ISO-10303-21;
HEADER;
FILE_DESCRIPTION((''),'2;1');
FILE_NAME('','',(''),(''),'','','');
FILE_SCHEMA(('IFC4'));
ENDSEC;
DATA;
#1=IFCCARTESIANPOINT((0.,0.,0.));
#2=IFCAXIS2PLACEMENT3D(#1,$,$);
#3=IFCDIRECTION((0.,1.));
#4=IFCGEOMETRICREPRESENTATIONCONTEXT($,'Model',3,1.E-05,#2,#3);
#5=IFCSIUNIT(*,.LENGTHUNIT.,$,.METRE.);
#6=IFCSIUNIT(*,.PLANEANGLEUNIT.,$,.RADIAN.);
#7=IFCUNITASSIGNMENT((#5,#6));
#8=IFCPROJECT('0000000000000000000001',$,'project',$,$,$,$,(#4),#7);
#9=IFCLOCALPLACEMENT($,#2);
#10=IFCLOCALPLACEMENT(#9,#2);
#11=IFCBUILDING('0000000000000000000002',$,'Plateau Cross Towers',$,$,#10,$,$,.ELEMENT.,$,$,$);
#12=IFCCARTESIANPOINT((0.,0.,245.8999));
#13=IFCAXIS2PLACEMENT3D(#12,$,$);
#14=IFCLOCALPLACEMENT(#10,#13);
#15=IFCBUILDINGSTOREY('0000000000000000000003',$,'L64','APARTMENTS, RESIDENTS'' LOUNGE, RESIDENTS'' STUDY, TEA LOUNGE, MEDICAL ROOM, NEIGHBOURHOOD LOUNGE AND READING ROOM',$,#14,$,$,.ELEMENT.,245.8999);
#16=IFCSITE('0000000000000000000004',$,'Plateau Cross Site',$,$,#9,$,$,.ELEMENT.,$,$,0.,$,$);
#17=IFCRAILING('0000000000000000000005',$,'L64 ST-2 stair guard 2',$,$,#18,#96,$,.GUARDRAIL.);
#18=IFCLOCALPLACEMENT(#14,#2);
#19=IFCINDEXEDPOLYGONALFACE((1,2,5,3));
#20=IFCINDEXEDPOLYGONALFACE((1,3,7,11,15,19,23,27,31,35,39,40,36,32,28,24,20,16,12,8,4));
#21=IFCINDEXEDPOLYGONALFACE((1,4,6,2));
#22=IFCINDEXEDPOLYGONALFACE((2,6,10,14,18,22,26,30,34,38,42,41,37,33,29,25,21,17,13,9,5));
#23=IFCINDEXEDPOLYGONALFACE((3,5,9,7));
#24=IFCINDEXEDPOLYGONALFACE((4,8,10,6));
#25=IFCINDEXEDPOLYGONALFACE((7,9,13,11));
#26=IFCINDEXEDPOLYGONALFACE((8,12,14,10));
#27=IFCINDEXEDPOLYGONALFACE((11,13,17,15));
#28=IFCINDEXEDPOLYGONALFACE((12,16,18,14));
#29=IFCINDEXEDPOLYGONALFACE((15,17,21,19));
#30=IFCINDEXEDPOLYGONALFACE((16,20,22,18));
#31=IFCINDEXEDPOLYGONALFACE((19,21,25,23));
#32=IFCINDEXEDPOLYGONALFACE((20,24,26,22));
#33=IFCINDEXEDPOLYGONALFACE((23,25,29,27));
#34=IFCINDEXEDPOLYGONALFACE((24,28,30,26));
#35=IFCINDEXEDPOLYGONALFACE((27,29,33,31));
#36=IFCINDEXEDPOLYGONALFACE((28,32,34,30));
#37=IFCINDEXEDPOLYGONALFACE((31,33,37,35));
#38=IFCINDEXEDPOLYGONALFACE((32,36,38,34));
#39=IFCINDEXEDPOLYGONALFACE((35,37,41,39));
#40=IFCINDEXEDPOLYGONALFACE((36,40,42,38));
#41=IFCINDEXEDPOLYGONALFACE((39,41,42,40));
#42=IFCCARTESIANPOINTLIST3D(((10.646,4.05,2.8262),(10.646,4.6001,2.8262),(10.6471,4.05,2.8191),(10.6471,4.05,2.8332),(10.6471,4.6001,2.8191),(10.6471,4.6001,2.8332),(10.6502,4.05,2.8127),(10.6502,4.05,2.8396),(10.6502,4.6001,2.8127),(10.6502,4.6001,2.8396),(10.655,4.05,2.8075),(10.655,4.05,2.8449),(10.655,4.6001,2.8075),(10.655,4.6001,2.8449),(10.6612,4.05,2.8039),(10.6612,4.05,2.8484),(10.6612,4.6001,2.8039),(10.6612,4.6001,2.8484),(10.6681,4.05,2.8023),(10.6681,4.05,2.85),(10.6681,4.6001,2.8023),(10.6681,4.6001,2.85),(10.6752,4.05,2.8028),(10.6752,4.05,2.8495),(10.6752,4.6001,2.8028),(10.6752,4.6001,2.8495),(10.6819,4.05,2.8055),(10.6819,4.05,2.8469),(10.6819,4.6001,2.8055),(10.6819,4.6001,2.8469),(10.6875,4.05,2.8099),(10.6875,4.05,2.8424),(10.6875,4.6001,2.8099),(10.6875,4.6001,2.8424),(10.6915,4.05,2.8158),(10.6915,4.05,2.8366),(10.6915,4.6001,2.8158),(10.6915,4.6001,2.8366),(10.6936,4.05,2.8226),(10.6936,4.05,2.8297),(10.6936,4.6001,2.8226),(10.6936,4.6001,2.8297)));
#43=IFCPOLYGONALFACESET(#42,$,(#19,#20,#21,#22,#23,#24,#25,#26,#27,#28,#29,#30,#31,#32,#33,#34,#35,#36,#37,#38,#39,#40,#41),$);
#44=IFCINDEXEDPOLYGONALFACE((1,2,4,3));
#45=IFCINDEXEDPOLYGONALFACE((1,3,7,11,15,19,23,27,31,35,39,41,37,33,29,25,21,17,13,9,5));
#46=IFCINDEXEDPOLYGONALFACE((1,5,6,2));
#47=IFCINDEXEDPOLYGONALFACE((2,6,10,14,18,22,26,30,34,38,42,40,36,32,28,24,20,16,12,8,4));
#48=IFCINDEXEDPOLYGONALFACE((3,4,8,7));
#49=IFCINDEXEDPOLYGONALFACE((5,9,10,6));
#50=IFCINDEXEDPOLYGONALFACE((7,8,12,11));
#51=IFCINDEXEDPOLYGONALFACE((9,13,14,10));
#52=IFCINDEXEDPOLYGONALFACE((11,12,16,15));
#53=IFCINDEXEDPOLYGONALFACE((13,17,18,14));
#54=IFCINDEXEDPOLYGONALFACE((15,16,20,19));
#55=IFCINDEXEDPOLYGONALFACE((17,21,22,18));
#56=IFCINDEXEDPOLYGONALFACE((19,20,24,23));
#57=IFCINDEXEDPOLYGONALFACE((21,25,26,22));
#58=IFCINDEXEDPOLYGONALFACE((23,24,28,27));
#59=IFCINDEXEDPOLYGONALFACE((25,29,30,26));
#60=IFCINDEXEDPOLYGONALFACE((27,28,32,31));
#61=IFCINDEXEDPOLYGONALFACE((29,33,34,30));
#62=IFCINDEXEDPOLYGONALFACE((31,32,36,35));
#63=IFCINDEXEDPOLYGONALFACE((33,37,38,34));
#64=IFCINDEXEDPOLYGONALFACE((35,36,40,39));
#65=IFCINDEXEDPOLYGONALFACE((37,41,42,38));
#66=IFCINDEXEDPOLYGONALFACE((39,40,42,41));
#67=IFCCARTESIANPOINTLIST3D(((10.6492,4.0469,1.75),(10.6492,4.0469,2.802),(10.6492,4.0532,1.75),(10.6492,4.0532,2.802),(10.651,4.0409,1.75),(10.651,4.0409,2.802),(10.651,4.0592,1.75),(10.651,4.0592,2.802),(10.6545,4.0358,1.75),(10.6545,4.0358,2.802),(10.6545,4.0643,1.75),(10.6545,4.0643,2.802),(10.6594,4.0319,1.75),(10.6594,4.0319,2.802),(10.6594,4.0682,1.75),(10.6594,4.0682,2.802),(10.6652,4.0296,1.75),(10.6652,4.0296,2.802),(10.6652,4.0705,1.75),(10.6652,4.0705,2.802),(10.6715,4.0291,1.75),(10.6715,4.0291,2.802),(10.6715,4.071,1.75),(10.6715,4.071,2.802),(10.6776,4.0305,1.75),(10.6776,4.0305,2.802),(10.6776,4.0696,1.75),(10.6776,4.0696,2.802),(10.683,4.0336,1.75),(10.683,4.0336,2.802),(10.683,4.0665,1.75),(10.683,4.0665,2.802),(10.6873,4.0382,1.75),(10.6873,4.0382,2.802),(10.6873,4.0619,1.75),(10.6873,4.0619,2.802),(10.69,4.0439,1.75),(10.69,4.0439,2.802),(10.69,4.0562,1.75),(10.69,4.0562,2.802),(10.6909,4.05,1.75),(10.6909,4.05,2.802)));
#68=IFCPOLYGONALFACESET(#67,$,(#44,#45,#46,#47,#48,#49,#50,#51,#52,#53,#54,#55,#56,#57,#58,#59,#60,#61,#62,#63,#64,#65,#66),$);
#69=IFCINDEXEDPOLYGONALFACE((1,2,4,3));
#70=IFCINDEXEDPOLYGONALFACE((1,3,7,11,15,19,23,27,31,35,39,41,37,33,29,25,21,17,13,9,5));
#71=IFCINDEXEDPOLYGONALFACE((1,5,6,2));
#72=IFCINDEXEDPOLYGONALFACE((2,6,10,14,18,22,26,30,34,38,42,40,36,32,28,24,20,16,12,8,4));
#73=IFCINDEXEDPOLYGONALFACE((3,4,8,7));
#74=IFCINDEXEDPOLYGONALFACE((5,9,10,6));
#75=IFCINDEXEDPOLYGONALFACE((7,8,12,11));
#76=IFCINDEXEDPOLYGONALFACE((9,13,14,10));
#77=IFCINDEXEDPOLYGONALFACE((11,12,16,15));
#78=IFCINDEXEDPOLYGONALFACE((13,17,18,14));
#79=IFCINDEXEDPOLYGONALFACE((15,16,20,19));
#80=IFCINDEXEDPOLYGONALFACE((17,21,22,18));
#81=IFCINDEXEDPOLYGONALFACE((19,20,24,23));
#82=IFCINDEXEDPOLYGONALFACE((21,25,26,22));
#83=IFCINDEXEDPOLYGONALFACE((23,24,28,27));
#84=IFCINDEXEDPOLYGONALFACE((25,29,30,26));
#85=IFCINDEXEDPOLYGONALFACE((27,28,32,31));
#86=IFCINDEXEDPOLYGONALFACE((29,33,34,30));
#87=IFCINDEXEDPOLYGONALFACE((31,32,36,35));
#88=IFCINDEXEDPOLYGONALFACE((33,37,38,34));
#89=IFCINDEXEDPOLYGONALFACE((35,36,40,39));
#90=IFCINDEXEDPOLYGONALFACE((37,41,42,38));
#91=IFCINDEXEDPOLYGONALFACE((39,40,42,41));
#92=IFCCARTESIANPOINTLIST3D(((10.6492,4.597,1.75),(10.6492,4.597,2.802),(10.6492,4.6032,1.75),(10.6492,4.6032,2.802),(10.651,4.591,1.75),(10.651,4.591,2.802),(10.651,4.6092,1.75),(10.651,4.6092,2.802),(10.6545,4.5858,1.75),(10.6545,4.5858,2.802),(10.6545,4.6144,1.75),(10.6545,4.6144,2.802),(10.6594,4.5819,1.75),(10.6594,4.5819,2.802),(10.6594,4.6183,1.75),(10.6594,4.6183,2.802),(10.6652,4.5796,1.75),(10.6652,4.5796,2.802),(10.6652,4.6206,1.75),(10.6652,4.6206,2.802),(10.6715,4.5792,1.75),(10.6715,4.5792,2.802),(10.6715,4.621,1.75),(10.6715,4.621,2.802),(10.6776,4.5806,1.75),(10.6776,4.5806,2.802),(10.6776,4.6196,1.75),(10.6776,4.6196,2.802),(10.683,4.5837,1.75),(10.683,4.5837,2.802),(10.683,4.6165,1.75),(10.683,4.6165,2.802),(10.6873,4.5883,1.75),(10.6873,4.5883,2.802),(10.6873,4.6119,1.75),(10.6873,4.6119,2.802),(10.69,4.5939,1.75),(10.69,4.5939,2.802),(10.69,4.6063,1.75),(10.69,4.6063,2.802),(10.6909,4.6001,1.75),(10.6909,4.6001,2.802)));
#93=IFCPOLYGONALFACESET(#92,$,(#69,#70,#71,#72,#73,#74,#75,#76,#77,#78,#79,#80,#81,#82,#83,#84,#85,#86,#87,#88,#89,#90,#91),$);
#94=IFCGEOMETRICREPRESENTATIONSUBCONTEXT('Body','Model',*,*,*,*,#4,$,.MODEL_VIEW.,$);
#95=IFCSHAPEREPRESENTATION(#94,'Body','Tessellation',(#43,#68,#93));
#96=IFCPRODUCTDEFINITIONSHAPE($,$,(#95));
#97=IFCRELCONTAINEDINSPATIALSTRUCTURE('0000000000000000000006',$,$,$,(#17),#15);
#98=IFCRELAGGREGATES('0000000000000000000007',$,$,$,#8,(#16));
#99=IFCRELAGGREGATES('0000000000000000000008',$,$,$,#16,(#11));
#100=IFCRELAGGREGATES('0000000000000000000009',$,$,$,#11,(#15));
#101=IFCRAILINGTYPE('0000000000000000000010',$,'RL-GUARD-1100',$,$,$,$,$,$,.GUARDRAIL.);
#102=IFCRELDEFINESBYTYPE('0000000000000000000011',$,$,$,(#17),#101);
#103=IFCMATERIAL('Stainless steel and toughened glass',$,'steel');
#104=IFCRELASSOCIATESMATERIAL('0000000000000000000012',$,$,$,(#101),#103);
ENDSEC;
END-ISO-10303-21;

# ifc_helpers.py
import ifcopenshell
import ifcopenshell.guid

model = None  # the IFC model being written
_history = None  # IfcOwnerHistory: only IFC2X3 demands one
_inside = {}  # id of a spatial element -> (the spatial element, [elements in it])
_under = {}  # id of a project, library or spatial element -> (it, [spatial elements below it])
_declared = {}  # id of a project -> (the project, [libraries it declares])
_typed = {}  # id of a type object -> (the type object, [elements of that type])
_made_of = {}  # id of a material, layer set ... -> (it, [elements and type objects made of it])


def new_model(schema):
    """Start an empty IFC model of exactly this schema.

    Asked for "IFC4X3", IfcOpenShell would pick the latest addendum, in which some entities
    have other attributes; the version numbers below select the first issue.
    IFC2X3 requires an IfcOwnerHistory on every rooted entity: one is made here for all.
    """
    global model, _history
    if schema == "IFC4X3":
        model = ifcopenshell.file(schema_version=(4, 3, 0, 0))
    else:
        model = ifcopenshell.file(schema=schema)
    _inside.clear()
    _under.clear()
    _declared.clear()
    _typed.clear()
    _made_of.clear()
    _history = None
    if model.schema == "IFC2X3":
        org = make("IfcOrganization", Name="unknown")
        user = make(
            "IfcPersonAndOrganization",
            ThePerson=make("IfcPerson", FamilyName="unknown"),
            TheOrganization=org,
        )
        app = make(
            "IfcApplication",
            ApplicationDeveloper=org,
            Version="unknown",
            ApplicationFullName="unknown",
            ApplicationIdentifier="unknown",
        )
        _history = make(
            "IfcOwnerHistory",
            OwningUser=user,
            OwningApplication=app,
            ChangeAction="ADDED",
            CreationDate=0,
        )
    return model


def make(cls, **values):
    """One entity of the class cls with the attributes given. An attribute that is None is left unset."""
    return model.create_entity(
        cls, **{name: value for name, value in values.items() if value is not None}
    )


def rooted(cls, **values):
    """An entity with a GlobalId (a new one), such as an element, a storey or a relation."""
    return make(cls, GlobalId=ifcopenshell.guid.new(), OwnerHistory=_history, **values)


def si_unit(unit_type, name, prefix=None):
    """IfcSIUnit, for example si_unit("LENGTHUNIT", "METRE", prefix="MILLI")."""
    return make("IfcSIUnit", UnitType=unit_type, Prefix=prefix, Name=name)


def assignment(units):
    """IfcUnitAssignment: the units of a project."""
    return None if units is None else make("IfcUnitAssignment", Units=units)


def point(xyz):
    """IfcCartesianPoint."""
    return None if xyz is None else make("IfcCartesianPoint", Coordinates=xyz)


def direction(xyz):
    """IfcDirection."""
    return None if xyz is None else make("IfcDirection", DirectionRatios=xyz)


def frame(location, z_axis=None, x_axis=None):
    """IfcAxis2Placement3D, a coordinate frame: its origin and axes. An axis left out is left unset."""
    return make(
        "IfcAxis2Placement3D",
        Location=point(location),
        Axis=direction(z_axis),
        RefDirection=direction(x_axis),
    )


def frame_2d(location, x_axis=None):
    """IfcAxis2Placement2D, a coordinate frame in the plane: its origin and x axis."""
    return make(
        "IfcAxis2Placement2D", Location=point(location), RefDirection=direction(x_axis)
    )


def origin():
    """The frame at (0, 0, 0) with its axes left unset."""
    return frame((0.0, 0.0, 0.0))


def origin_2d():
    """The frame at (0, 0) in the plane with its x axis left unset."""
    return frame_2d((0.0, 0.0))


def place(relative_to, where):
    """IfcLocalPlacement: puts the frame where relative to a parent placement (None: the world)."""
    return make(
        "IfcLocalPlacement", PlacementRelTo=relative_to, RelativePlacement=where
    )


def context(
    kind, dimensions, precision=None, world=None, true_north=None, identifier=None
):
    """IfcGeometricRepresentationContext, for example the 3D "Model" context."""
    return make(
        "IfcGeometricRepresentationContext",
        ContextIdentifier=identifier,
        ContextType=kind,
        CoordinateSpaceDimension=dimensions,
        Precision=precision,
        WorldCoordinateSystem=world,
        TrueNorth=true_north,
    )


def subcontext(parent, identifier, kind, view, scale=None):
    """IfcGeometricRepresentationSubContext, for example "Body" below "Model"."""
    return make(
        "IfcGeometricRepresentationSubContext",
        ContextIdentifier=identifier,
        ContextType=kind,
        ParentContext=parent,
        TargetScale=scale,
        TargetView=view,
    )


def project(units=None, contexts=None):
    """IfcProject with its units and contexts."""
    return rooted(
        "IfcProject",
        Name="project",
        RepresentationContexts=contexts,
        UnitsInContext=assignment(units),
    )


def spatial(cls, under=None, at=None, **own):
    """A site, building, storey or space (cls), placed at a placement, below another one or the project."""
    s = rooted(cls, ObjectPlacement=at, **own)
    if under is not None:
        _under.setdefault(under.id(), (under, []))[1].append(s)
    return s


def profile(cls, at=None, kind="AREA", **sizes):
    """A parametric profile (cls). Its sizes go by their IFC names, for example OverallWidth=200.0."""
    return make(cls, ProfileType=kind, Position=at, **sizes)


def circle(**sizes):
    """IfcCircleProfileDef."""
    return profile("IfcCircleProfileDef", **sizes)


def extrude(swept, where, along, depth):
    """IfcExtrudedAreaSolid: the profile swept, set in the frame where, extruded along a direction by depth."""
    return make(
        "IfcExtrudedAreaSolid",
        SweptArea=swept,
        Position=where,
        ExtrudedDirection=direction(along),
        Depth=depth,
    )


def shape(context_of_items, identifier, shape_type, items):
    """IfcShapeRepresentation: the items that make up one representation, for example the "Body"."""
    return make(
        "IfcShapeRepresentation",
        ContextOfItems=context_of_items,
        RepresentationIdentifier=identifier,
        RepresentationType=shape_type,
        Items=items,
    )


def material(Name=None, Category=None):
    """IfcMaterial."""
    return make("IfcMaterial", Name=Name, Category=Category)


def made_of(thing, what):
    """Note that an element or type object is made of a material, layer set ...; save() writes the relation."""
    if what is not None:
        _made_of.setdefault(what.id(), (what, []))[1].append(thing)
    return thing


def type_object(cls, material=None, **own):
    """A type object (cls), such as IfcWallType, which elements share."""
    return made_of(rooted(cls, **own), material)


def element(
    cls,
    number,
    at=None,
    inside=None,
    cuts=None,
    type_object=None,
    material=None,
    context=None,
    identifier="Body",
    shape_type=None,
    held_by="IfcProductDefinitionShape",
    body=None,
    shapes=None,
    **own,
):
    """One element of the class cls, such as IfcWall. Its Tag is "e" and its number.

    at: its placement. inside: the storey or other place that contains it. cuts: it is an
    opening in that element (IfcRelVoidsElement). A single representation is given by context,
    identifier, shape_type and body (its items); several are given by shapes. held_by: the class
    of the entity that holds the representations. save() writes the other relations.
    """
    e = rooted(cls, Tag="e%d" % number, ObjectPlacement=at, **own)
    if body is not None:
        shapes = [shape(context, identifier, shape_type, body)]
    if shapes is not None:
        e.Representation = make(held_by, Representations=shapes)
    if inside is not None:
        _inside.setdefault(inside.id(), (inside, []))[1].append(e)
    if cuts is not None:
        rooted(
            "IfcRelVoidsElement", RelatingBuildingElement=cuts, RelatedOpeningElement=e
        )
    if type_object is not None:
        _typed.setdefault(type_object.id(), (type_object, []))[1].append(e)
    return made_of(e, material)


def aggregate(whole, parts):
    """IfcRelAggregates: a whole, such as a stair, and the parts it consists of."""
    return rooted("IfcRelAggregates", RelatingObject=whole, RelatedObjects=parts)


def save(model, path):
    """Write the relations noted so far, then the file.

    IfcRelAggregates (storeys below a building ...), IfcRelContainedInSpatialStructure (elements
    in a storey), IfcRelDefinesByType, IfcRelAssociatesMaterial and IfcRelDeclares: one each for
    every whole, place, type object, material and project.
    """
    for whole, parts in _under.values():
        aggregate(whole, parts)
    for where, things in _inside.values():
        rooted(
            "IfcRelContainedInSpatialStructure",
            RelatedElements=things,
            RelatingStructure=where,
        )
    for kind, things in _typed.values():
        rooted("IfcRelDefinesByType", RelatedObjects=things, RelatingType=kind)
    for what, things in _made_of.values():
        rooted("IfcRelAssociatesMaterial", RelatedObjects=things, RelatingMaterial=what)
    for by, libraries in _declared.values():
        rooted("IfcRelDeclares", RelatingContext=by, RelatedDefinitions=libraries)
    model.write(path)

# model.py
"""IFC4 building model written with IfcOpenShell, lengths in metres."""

from ifc_helpers import new_model, si_unit, direction, frame, origin, origin_2d, place, context, subcontext, project, spatial, circle, extrude, material, type_object, element, save


model = new_model("IFC4")

# Units and contexts
model_context = context("Model", 3, precision=1e-05, world=origin(), true_north=direction((0.0, 1.0)))
body_context = subcontext(model_context, "Body", "Model", "MODEL_VIEW")
ifc_project = project(units=[si_unit("LENGTHUNIT", "METRE"), si_unit("PLANEANGLEUNIT", "RADIAN")], contexts=[model_context])

# Site, building, storey
site_placement = place(None, origin())
site = spatial("IfcSite", under=ifc_project, at=site_placement, Name="Plateau Cross Site", CompositionType="ELEMENT", RefElevation=0.0)
building_placement = place(site_placement, origin())
building = spatial("IfcBuilding", under=site, at=building_placement, Name="Plateau Cross Towers", CompositionType="ELEMENT")
storey_placement = place(building_placement, frame((0.0, 0.0, 245.8999)))
storey = spatial("IfcBuildingStorey", under=building, at=storey_placement, Name="L64", Description="APARTMENTS, RESIDENTS' LOUNGE, RESIDENTS' STUDY, TEA LOUNGE, MEDICAL ROOM, NEIGHBOURHOOD LOUNGE AND READING ROOM", CompositionType="ELEMENT", Elevation=245.8999)

# Railing
ifc_material_1 = material(Name="Stainless steel and toughened glass", Category="steel")
railing_type_1 = type_object("IfcRailingType", Name="RL-GUARD-1100", PredefinedType="GUARDRAIL", material=ifc_material_1)
railing_1_placement = place(storey_placement, frame((10.6699, 4.05, 1.75)))
element("IfcRailing", 1, at=railing_1_placement, inside=storey, type_object=railing_type_1, Name="L64 ST-2 stair guard 2", PredefinedType="GUARDRAIL", context=body_context, shape_type="SweptSolid", body=[
    extrude(circle(Radius=0.0239, at=origin_2d()), frame((0.0, 0.0, 1.0762), z_axis=(0.0, 1.0, 0.0), x_axis=(-1.0, 0.0, 0.0)), (0.0, 0.0, 1.0), 0.55),
    extrude(circle(Radius=0.021, at=origin_2d()), origin(), (0.0, 0.0, 1.0), 1.052),
    extrude(circle(Radius=0.021, at=origin_2d()), frame((0.0, 0.55, 0.0)), (0.0, 0.0, 1.0), 1.052),
])

save(model, "model.ifc")
